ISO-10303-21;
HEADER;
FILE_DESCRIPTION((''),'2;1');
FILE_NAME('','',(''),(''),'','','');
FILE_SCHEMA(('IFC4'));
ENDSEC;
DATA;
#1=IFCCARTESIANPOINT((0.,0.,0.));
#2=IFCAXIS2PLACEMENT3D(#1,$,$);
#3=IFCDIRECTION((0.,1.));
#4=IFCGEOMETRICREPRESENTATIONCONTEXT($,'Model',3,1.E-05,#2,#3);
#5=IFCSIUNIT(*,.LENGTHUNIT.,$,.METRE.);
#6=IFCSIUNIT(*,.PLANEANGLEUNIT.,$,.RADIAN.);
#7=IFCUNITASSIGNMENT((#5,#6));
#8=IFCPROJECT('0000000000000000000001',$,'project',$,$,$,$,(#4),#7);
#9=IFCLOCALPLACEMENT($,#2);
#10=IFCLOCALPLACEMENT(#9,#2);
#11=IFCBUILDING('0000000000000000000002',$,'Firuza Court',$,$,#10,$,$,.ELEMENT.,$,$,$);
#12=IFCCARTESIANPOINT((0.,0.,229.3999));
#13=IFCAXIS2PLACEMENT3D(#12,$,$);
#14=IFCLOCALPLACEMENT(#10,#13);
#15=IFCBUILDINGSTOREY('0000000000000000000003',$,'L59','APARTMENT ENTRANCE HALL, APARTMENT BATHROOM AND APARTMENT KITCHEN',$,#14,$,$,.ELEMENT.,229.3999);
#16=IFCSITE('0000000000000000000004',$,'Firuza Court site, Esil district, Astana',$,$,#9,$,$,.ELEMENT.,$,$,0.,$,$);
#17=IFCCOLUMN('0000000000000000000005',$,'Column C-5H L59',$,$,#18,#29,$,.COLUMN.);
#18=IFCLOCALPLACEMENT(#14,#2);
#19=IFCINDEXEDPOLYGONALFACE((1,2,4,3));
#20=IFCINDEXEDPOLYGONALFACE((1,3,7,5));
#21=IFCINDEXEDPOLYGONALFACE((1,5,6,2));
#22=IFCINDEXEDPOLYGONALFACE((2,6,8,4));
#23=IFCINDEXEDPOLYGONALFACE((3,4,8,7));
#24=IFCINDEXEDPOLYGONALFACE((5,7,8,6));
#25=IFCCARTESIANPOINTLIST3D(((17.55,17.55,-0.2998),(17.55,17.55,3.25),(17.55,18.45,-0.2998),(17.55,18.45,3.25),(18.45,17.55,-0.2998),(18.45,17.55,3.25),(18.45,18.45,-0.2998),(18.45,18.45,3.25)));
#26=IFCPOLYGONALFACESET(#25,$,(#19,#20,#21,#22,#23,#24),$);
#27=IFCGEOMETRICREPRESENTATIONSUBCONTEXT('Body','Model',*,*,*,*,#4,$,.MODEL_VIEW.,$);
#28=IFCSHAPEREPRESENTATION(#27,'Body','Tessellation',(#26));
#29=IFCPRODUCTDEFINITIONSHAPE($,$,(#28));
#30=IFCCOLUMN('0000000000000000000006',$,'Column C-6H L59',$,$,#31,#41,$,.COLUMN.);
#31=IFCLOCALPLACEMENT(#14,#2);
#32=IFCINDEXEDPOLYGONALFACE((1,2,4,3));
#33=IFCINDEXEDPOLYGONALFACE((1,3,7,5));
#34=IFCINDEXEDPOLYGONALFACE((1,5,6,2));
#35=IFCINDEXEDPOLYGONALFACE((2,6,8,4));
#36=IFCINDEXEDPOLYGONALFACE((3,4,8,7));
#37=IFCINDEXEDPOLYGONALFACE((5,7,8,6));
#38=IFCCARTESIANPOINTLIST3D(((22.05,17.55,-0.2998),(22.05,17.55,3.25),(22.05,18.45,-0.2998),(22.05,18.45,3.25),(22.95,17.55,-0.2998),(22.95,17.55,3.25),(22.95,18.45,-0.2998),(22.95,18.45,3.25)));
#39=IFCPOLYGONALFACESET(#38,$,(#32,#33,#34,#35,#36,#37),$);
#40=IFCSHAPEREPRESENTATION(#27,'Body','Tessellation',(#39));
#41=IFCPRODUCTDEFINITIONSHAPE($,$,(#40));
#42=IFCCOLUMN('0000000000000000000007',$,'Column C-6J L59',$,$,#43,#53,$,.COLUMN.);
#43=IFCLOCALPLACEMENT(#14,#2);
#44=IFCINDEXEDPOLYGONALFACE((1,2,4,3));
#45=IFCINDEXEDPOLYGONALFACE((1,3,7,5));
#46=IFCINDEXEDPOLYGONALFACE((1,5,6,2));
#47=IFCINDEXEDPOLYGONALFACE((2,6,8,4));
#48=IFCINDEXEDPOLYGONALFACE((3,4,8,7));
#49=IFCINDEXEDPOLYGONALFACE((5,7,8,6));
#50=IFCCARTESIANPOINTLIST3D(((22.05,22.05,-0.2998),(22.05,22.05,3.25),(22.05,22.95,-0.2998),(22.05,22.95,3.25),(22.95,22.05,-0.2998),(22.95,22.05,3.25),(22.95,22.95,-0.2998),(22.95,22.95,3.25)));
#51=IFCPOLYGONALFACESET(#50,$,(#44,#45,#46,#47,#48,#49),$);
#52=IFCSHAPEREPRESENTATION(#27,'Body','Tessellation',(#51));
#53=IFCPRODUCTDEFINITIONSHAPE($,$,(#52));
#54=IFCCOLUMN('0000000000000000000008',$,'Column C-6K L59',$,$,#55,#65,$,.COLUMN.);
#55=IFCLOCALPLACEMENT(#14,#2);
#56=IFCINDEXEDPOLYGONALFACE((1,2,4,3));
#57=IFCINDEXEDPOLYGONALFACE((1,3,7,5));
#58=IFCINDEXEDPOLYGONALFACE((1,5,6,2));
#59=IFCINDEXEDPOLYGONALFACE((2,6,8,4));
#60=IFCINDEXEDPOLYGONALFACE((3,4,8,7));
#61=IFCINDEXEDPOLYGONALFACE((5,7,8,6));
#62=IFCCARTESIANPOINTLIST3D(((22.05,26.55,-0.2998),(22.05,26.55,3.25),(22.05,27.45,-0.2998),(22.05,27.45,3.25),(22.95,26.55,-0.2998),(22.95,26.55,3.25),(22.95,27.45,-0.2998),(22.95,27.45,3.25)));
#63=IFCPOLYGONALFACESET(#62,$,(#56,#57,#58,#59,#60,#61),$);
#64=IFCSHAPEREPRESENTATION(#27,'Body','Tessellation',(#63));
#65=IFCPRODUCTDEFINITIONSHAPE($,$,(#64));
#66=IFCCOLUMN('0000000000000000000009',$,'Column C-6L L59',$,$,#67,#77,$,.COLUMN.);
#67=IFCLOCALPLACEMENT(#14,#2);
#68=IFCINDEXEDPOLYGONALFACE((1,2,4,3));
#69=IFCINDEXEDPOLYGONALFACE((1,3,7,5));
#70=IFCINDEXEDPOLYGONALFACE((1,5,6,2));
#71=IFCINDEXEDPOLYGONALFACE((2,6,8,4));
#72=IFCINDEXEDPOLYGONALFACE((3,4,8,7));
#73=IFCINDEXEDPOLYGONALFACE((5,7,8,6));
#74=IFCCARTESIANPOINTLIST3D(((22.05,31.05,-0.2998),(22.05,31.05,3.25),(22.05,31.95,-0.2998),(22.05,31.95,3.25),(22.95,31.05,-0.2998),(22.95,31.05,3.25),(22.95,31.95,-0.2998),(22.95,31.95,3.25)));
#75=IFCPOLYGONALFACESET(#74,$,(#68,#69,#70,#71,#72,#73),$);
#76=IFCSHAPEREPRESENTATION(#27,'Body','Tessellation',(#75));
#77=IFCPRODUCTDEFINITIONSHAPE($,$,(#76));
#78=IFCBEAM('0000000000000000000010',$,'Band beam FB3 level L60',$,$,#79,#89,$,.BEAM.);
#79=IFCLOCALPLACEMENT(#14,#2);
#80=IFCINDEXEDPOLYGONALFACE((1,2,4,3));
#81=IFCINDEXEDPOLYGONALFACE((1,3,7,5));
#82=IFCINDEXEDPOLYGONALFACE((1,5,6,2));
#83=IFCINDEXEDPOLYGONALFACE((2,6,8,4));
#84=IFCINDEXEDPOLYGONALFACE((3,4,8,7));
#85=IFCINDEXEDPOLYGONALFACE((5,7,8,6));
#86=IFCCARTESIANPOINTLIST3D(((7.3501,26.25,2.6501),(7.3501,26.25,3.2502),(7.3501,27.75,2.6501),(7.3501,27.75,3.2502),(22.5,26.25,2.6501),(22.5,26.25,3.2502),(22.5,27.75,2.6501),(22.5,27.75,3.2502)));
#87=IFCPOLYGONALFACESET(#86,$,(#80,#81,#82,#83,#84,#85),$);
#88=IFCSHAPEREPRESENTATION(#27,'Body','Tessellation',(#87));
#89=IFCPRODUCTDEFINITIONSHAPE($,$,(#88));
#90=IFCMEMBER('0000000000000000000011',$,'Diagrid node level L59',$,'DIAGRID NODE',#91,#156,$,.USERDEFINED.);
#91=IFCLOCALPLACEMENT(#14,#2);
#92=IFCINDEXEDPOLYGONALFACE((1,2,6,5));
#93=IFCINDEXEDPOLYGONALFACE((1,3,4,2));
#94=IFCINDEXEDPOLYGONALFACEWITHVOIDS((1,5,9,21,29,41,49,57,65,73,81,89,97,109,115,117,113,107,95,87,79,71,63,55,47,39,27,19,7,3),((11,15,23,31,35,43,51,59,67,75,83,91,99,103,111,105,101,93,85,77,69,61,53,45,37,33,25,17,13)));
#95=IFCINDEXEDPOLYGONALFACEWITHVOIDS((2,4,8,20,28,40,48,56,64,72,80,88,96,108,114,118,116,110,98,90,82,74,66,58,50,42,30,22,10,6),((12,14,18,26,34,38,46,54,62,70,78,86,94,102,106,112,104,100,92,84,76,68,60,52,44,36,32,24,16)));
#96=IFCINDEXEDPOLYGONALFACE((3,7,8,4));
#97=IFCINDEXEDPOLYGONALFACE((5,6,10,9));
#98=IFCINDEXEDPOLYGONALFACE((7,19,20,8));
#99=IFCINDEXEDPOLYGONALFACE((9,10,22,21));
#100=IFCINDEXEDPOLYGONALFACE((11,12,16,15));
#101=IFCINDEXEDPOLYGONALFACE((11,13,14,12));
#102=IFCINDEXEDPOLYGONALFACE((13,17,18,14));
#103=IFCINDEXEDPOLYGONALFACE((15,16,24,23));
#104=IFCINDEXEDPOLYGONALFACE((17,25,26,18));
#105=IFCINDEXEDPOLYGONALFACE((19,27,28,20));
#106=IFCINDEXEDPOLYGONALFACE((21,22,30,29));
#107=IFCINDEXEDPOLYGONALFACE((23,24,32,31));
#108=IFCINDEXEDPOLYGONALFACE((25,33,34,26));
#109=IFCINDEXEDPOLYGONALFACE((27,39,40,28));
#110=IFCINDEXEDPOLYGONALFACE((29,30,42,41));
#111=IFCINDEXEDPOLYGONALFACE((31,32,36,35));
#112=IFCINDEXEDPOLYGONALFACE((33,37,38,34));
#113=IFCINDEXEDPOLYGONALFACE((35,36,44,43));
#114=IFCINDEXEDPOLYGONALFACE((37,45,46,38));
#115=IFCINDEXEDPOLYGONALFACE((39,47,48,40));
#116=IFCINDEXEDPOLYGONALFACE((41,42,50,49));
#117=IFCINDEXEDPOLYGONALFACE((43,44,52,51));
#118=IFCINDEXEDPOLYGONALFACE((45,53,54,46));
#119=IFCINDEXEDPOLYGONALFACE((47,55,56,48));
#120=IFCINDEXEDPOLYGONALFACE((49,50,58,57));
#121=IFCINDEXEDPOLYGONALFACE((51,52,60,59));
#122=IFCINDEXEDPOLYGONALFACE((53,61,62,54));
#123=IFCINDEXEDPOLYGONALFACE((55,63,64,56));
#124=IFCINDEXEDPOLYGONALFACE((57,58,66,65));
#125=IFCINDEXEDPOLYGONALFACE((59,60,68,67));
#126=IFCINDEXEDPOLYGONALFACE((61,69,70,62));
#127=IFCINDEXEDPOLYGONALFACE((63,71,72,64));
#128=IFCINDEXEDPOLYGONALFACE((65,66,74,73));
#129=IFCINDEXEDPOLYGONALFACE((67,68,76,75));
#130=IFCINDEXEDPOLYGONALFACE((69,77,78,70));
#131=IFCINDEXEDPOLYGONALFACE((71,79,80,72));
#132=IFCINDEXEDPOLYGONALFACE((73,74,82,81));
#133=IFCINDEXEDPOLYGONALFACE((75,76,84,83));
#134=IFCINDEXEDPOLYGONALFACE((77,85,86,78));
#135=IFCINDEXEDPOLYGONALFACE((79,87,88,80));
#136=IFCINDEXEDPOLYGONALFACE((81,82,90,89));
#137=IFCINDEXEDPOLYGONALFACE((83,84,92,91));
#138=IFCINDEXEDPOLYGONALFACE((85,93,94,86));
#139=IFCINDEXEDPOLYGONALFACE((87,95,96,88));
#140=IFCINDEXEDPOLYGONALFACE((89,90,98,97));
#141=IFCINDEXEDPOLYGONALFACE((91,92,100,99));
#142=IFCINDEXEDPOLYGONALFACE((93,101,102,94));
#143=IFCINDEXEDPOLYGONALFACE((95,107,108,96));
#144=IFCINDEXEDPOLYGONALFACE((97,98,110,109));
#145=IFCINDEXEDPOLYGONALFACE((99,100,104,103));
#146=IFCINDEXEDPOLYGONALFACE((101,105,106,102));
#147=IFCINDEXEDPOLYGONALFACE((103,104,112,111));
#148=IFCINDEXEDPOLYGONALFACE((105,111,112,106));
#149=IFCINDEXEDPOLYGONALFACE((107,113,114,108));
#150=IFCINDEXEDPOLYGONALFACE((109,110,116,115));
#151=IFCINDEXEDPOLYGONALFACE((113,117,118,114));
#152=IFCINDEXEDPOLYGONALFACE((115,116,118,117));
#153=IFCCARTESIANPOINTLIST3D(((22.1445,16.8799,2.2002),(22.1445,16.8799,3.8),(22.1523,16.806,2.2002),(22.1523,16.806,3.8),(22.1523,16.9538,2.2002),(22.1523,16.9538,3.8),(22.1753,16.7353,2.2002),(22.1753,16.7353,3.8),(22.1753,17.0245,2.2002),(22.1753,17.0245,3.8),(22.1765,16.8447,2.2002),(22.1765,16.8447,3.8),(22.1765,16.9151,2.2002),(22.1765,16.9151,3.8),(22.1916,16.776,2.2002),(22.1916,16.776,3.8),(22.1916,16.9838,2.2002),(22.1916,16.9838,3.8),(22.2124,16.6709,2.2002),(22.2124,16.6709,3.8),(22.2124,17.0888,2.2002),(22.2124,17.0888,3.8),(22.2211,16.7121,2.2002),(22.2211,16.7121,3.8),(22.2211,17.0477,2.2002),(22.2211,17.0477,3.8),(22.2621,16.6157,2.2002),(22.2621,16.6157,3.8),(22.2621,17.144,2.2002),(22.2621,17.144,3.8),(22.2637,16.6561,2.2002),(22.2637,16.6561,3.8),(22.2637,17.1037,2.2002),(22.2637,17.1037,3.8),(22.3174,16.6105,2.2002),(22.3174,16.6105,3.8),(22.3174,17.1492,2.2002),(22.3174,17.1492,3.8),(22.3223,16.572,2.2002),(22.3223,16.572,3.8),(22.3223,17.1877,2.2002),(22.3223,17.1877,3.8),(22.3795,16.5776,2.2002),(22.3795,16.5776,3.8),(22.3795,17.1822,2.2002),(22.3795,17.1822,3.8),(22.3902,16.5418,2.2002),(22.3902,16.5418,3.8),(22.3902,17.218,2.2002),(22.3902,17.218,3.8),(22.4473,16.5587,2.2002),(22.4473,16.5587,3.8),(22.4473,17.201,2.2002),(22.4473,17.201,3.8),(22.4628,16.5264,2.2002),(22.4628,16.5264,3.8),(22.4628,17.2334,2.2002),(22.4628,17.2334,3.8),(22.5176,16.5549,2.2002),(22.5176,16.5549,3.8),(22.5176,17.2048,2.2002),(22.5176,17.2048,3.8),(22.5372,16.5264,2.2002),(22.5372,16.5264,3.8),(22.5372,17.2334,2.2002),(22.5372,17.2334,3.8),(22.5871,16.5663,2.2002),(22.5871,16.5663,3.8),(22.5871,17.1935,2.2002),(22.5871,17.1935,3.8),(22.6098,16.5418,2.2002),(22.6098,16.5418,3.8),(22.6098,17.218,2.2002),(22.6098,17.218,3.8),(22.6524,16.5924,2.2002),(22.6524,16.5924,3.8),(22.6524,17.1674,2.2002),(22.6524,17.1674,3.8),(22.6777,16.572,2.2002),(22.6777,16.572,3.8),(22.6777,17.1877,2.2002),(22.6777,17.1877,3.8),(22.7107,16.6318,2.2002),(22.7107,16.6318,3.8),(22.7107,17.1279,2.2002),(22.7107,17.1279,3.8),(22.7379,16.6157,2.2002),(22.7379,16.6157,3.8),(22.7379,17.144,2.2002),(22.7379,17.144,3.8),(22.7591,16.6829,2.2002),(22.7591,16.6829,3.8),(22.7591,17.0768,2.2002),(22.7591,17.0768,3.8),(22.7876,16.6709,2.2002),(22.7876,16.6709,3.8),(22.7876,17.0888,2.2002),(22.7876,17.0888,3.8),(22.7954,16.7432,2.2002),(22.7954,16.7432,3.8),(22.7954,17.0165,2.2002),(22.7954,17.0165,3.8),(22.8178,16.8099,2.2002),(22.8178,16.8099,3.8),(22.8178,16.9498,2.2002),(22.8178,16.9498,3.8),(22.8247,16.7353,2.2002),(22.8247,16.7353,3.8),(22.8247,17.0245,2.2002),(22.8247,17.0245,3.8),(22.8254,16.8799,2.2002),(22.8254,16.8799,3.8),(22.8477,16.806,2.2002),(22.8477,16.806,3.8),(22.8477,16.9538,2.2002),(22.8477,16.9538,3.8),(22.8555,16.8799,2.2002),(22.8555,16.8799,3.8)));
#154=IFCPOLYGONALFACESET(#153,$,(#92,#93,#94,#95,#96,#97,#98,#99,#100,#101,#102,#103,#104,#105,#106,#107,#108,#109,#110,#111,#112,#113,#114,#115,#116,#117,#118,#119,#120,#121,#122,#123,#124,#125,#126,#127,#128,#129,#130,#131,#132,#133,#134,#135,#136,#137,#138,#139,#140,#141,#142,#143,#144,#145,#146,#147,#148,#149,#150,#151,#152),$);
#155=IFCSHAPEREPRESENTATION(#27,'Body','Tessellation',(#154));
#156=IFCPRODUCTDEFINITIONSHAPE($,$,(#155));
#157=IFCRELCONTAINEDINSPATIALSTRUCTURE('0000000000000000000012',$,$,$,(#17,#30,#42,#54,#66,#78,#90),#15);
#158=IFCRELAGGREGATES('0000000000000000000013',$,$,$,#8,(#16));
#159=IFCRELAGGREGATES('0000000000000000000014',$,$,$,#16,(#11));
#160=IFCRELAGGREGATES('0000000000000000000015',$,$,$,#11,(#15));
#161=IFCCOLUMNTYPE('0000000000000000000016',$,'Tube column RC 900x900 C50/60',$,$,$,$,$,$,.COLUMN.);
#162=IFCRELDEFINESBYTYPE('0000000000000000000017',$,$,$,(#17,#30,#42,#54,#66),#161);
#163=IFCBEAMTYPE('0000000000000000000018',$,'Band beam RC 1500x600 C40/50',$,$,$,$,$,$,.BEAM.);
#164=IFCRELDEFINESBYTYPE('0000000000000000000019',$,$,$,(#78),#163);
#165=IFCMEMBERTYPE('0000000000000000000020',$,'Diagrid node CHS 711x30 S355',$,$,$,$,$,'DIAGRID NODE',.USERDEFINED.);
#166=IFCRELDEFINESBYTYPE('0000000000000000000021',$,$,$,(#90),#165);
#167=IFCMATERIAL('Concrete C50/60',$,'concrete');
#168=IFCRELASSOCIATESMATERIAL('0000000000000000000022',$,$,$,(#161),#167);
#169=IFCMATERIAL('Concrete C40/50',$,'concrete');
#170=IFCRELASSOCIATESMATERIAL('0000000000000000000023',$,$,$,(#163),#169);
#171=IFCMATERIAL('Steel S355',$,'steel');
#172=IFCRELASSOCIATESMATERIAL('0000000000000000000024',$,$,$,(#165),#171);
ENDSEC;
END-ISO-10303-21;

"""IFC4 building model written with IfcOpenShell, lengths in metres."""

from ifc_helpers import new_model, si_unit, direction, frame, origin, origin_2d, place, context, subcontext, project, spatial, rectangle, hollow_circle, extrude, material, material_profile, profile_set, type_object, element, save


model = new_model("IFC4")

# Units and contexts
model_context = context("Model", 3, precision=1e-05, world=origin(), true_north=direction((0.0, 1.0)))
body_context = subcontext(model_context, "Body", "Model", "MODEL_VIEW")
ifc_project = project(units=[si_unit("LENGTHUNIT", "METRE"), si_unit("PLANEANGLEUNIT", "RADIAN")], contexts=[model_context])

# Site, building, storey
site_placement = place(None, origin())
site = spatial("IfcSite", under=ifc_project, at=site_placement, Name="Firuza Court site, Esil district, Astana", CompositionType="ELEMENT", RefElevation=0.0)
building_placement = place(site_placement, origin())
building = spatial("IfcBuilding", under=site, at=building_placement, Name="Firuza Court", CompositionType="ELEMENT")
storey_placement = place(building_placement, frame((0.0, 0.0, 229.3999)))
storey = spatial("IfcBuildingStorey", under=building, at=storey_placement, Name="L59", Description="APARTMENT ENTRANCE HALL, APARTMENT BATHROOM AND APARTMENT KITCHEN", CompositionType="ELEMENT", Elevation=229.3999)

# Columns
ifc_material_1 = material(Name="Concrete C50/60", Category="concrete")
ifc_material_profile_1 = material_profile(ifc_material_1, rectangle(XDim=0.8999, YDim=0.8999, at=origin_2d()), Name="RC 900x900")
ifc_profile_set_1 = profile_set([ifc_material_profile_1], Name="Concrete C50/60")
column_type = type_object("IfcColumnType", Name="Tube column RC 900x900 C50/60", PredefinedType="COLUMN", material=ifc_profile_set_1)
for number, where, z_axis, x_axis, name in (
    (1, (18.0, 18.0, -0.2998), (0.0, 0.0, 1.0), (1.0, 0.0, 0.0), "Column C-5H L59"),
    (2, (22.5, 18.0, -0.2998), (0.0, 0.0, 1.0), (1.0, 0.0, 0.0), "Column C-6H L59"),
    (3, (22.5, 22.5, -0.2998), (0.0, 0.0, 1.0), (1.0, 0.0, 0.0), "Column C-6J L59"),
    (4, (22.5, 27.0, -0.2998), (0.0, 0.0, 1.0), (1.0, 0.0, 0.0), "Column C-6K L59"),
    (5, (22.5, 31.5, -0.2998), (0.0, 0.0, 1.0), (1.0, 0.0, 0.0), "Column C-6L L59"),
):
    element("IfcColumn", number, at=place(storey_placement, frame(where, z_axis=z_axis, x_axis=x_axis)), inside=storey, type_object=column_type, Name=name, PredefinedType="COLUMN", context=body_context, shape_type="SweptSolid", body=[
        extrude(rectangle(XDim=0.8999, YDim=0.8999, at=origin_2d()), origin(), (0.0, 0.0, 1.0), 3.5498),
    ])

# Beam
ifc_material_2 = material(Name="Concrete C40/50", Category="concrete")
ifc_material_profile_2 = material_profile(ifc_material_2, rectangle(XDim=1.5, YDim=0.6001, at=origin_2d()), Name="RC 1500x600")
ifc_profile_set_2 = profile_set([ifc_material_profile_2], Name="Concrete C40/50")
beam_type_1 = type_object("IfcBeamType", Name="Band beam RC 1500x600 C40/50", PredefinedType="BEAM", material=ifc_profile_set_2)
beam_placement = place(storey_placement, frame((22.5, 27.0, 2.9502), z_axis=(-1.0, 0.0, 0.0), x_axis=(0.0, -1.0, 0.0)))
element("IfcBeam", 6, at=beam_placement, inside=storey, type_object=beam_type_1, Name="Band beam FB3 level L60", PredefinedType="BEAM", context=body_context, shape_type="SweptSolid", body=[
    extrude(rectangle(XDim=1.5, YDim=0.6001, at=origin_2d()), origin(), (0.0, 0.0, 1.0), 15.1499),
])

# Member
ifc_material_3 = material(Name="Steel S355", Category="steel")
ifc_material_profile_3 = material_profile(ifc_material_3, hollow_circle(Radius=0.3555, WallThickness=0.03, at=origin_2d()), Name="CHS 711x30")
ifc_profile_set_3 = profile_set([ifc_material_profile_3], Name="Steel S355")
member_type_1 = type_object("IfcMemberType", Name="Diagrid node CHS 711x30 S355", ElementType="DIAGRID NODE", PredefinedType="USERDEFINED", material=ifc_profile_set_3)
for number, where, z_axis, x_axis, name in (
    (7, (22.5, 16.8799, 2.2002), (0.0, 0.0, 1.0), (1.0, 0.0, 0.0), "Diagrid node level L59"),
):
    element("IfcMember", number, at=place(storey_placement, frame(where, z_axis=z_axis, x_axis=x_axis)), inside=storey, type_object=member_type_1, Name=name, ObjectType="DIAGRID NODE", PredefinedType="USERDEFINED", context=body_context, shape_type="SweptSolid", body=[
        extrude(hollow_circle(Radius=0.3555, WallThickness=0.03, at=origin_2d()), origin(), (0.0, 0.0, 1.0), 1.5999),
    ])

save(model, "model.ifc")
